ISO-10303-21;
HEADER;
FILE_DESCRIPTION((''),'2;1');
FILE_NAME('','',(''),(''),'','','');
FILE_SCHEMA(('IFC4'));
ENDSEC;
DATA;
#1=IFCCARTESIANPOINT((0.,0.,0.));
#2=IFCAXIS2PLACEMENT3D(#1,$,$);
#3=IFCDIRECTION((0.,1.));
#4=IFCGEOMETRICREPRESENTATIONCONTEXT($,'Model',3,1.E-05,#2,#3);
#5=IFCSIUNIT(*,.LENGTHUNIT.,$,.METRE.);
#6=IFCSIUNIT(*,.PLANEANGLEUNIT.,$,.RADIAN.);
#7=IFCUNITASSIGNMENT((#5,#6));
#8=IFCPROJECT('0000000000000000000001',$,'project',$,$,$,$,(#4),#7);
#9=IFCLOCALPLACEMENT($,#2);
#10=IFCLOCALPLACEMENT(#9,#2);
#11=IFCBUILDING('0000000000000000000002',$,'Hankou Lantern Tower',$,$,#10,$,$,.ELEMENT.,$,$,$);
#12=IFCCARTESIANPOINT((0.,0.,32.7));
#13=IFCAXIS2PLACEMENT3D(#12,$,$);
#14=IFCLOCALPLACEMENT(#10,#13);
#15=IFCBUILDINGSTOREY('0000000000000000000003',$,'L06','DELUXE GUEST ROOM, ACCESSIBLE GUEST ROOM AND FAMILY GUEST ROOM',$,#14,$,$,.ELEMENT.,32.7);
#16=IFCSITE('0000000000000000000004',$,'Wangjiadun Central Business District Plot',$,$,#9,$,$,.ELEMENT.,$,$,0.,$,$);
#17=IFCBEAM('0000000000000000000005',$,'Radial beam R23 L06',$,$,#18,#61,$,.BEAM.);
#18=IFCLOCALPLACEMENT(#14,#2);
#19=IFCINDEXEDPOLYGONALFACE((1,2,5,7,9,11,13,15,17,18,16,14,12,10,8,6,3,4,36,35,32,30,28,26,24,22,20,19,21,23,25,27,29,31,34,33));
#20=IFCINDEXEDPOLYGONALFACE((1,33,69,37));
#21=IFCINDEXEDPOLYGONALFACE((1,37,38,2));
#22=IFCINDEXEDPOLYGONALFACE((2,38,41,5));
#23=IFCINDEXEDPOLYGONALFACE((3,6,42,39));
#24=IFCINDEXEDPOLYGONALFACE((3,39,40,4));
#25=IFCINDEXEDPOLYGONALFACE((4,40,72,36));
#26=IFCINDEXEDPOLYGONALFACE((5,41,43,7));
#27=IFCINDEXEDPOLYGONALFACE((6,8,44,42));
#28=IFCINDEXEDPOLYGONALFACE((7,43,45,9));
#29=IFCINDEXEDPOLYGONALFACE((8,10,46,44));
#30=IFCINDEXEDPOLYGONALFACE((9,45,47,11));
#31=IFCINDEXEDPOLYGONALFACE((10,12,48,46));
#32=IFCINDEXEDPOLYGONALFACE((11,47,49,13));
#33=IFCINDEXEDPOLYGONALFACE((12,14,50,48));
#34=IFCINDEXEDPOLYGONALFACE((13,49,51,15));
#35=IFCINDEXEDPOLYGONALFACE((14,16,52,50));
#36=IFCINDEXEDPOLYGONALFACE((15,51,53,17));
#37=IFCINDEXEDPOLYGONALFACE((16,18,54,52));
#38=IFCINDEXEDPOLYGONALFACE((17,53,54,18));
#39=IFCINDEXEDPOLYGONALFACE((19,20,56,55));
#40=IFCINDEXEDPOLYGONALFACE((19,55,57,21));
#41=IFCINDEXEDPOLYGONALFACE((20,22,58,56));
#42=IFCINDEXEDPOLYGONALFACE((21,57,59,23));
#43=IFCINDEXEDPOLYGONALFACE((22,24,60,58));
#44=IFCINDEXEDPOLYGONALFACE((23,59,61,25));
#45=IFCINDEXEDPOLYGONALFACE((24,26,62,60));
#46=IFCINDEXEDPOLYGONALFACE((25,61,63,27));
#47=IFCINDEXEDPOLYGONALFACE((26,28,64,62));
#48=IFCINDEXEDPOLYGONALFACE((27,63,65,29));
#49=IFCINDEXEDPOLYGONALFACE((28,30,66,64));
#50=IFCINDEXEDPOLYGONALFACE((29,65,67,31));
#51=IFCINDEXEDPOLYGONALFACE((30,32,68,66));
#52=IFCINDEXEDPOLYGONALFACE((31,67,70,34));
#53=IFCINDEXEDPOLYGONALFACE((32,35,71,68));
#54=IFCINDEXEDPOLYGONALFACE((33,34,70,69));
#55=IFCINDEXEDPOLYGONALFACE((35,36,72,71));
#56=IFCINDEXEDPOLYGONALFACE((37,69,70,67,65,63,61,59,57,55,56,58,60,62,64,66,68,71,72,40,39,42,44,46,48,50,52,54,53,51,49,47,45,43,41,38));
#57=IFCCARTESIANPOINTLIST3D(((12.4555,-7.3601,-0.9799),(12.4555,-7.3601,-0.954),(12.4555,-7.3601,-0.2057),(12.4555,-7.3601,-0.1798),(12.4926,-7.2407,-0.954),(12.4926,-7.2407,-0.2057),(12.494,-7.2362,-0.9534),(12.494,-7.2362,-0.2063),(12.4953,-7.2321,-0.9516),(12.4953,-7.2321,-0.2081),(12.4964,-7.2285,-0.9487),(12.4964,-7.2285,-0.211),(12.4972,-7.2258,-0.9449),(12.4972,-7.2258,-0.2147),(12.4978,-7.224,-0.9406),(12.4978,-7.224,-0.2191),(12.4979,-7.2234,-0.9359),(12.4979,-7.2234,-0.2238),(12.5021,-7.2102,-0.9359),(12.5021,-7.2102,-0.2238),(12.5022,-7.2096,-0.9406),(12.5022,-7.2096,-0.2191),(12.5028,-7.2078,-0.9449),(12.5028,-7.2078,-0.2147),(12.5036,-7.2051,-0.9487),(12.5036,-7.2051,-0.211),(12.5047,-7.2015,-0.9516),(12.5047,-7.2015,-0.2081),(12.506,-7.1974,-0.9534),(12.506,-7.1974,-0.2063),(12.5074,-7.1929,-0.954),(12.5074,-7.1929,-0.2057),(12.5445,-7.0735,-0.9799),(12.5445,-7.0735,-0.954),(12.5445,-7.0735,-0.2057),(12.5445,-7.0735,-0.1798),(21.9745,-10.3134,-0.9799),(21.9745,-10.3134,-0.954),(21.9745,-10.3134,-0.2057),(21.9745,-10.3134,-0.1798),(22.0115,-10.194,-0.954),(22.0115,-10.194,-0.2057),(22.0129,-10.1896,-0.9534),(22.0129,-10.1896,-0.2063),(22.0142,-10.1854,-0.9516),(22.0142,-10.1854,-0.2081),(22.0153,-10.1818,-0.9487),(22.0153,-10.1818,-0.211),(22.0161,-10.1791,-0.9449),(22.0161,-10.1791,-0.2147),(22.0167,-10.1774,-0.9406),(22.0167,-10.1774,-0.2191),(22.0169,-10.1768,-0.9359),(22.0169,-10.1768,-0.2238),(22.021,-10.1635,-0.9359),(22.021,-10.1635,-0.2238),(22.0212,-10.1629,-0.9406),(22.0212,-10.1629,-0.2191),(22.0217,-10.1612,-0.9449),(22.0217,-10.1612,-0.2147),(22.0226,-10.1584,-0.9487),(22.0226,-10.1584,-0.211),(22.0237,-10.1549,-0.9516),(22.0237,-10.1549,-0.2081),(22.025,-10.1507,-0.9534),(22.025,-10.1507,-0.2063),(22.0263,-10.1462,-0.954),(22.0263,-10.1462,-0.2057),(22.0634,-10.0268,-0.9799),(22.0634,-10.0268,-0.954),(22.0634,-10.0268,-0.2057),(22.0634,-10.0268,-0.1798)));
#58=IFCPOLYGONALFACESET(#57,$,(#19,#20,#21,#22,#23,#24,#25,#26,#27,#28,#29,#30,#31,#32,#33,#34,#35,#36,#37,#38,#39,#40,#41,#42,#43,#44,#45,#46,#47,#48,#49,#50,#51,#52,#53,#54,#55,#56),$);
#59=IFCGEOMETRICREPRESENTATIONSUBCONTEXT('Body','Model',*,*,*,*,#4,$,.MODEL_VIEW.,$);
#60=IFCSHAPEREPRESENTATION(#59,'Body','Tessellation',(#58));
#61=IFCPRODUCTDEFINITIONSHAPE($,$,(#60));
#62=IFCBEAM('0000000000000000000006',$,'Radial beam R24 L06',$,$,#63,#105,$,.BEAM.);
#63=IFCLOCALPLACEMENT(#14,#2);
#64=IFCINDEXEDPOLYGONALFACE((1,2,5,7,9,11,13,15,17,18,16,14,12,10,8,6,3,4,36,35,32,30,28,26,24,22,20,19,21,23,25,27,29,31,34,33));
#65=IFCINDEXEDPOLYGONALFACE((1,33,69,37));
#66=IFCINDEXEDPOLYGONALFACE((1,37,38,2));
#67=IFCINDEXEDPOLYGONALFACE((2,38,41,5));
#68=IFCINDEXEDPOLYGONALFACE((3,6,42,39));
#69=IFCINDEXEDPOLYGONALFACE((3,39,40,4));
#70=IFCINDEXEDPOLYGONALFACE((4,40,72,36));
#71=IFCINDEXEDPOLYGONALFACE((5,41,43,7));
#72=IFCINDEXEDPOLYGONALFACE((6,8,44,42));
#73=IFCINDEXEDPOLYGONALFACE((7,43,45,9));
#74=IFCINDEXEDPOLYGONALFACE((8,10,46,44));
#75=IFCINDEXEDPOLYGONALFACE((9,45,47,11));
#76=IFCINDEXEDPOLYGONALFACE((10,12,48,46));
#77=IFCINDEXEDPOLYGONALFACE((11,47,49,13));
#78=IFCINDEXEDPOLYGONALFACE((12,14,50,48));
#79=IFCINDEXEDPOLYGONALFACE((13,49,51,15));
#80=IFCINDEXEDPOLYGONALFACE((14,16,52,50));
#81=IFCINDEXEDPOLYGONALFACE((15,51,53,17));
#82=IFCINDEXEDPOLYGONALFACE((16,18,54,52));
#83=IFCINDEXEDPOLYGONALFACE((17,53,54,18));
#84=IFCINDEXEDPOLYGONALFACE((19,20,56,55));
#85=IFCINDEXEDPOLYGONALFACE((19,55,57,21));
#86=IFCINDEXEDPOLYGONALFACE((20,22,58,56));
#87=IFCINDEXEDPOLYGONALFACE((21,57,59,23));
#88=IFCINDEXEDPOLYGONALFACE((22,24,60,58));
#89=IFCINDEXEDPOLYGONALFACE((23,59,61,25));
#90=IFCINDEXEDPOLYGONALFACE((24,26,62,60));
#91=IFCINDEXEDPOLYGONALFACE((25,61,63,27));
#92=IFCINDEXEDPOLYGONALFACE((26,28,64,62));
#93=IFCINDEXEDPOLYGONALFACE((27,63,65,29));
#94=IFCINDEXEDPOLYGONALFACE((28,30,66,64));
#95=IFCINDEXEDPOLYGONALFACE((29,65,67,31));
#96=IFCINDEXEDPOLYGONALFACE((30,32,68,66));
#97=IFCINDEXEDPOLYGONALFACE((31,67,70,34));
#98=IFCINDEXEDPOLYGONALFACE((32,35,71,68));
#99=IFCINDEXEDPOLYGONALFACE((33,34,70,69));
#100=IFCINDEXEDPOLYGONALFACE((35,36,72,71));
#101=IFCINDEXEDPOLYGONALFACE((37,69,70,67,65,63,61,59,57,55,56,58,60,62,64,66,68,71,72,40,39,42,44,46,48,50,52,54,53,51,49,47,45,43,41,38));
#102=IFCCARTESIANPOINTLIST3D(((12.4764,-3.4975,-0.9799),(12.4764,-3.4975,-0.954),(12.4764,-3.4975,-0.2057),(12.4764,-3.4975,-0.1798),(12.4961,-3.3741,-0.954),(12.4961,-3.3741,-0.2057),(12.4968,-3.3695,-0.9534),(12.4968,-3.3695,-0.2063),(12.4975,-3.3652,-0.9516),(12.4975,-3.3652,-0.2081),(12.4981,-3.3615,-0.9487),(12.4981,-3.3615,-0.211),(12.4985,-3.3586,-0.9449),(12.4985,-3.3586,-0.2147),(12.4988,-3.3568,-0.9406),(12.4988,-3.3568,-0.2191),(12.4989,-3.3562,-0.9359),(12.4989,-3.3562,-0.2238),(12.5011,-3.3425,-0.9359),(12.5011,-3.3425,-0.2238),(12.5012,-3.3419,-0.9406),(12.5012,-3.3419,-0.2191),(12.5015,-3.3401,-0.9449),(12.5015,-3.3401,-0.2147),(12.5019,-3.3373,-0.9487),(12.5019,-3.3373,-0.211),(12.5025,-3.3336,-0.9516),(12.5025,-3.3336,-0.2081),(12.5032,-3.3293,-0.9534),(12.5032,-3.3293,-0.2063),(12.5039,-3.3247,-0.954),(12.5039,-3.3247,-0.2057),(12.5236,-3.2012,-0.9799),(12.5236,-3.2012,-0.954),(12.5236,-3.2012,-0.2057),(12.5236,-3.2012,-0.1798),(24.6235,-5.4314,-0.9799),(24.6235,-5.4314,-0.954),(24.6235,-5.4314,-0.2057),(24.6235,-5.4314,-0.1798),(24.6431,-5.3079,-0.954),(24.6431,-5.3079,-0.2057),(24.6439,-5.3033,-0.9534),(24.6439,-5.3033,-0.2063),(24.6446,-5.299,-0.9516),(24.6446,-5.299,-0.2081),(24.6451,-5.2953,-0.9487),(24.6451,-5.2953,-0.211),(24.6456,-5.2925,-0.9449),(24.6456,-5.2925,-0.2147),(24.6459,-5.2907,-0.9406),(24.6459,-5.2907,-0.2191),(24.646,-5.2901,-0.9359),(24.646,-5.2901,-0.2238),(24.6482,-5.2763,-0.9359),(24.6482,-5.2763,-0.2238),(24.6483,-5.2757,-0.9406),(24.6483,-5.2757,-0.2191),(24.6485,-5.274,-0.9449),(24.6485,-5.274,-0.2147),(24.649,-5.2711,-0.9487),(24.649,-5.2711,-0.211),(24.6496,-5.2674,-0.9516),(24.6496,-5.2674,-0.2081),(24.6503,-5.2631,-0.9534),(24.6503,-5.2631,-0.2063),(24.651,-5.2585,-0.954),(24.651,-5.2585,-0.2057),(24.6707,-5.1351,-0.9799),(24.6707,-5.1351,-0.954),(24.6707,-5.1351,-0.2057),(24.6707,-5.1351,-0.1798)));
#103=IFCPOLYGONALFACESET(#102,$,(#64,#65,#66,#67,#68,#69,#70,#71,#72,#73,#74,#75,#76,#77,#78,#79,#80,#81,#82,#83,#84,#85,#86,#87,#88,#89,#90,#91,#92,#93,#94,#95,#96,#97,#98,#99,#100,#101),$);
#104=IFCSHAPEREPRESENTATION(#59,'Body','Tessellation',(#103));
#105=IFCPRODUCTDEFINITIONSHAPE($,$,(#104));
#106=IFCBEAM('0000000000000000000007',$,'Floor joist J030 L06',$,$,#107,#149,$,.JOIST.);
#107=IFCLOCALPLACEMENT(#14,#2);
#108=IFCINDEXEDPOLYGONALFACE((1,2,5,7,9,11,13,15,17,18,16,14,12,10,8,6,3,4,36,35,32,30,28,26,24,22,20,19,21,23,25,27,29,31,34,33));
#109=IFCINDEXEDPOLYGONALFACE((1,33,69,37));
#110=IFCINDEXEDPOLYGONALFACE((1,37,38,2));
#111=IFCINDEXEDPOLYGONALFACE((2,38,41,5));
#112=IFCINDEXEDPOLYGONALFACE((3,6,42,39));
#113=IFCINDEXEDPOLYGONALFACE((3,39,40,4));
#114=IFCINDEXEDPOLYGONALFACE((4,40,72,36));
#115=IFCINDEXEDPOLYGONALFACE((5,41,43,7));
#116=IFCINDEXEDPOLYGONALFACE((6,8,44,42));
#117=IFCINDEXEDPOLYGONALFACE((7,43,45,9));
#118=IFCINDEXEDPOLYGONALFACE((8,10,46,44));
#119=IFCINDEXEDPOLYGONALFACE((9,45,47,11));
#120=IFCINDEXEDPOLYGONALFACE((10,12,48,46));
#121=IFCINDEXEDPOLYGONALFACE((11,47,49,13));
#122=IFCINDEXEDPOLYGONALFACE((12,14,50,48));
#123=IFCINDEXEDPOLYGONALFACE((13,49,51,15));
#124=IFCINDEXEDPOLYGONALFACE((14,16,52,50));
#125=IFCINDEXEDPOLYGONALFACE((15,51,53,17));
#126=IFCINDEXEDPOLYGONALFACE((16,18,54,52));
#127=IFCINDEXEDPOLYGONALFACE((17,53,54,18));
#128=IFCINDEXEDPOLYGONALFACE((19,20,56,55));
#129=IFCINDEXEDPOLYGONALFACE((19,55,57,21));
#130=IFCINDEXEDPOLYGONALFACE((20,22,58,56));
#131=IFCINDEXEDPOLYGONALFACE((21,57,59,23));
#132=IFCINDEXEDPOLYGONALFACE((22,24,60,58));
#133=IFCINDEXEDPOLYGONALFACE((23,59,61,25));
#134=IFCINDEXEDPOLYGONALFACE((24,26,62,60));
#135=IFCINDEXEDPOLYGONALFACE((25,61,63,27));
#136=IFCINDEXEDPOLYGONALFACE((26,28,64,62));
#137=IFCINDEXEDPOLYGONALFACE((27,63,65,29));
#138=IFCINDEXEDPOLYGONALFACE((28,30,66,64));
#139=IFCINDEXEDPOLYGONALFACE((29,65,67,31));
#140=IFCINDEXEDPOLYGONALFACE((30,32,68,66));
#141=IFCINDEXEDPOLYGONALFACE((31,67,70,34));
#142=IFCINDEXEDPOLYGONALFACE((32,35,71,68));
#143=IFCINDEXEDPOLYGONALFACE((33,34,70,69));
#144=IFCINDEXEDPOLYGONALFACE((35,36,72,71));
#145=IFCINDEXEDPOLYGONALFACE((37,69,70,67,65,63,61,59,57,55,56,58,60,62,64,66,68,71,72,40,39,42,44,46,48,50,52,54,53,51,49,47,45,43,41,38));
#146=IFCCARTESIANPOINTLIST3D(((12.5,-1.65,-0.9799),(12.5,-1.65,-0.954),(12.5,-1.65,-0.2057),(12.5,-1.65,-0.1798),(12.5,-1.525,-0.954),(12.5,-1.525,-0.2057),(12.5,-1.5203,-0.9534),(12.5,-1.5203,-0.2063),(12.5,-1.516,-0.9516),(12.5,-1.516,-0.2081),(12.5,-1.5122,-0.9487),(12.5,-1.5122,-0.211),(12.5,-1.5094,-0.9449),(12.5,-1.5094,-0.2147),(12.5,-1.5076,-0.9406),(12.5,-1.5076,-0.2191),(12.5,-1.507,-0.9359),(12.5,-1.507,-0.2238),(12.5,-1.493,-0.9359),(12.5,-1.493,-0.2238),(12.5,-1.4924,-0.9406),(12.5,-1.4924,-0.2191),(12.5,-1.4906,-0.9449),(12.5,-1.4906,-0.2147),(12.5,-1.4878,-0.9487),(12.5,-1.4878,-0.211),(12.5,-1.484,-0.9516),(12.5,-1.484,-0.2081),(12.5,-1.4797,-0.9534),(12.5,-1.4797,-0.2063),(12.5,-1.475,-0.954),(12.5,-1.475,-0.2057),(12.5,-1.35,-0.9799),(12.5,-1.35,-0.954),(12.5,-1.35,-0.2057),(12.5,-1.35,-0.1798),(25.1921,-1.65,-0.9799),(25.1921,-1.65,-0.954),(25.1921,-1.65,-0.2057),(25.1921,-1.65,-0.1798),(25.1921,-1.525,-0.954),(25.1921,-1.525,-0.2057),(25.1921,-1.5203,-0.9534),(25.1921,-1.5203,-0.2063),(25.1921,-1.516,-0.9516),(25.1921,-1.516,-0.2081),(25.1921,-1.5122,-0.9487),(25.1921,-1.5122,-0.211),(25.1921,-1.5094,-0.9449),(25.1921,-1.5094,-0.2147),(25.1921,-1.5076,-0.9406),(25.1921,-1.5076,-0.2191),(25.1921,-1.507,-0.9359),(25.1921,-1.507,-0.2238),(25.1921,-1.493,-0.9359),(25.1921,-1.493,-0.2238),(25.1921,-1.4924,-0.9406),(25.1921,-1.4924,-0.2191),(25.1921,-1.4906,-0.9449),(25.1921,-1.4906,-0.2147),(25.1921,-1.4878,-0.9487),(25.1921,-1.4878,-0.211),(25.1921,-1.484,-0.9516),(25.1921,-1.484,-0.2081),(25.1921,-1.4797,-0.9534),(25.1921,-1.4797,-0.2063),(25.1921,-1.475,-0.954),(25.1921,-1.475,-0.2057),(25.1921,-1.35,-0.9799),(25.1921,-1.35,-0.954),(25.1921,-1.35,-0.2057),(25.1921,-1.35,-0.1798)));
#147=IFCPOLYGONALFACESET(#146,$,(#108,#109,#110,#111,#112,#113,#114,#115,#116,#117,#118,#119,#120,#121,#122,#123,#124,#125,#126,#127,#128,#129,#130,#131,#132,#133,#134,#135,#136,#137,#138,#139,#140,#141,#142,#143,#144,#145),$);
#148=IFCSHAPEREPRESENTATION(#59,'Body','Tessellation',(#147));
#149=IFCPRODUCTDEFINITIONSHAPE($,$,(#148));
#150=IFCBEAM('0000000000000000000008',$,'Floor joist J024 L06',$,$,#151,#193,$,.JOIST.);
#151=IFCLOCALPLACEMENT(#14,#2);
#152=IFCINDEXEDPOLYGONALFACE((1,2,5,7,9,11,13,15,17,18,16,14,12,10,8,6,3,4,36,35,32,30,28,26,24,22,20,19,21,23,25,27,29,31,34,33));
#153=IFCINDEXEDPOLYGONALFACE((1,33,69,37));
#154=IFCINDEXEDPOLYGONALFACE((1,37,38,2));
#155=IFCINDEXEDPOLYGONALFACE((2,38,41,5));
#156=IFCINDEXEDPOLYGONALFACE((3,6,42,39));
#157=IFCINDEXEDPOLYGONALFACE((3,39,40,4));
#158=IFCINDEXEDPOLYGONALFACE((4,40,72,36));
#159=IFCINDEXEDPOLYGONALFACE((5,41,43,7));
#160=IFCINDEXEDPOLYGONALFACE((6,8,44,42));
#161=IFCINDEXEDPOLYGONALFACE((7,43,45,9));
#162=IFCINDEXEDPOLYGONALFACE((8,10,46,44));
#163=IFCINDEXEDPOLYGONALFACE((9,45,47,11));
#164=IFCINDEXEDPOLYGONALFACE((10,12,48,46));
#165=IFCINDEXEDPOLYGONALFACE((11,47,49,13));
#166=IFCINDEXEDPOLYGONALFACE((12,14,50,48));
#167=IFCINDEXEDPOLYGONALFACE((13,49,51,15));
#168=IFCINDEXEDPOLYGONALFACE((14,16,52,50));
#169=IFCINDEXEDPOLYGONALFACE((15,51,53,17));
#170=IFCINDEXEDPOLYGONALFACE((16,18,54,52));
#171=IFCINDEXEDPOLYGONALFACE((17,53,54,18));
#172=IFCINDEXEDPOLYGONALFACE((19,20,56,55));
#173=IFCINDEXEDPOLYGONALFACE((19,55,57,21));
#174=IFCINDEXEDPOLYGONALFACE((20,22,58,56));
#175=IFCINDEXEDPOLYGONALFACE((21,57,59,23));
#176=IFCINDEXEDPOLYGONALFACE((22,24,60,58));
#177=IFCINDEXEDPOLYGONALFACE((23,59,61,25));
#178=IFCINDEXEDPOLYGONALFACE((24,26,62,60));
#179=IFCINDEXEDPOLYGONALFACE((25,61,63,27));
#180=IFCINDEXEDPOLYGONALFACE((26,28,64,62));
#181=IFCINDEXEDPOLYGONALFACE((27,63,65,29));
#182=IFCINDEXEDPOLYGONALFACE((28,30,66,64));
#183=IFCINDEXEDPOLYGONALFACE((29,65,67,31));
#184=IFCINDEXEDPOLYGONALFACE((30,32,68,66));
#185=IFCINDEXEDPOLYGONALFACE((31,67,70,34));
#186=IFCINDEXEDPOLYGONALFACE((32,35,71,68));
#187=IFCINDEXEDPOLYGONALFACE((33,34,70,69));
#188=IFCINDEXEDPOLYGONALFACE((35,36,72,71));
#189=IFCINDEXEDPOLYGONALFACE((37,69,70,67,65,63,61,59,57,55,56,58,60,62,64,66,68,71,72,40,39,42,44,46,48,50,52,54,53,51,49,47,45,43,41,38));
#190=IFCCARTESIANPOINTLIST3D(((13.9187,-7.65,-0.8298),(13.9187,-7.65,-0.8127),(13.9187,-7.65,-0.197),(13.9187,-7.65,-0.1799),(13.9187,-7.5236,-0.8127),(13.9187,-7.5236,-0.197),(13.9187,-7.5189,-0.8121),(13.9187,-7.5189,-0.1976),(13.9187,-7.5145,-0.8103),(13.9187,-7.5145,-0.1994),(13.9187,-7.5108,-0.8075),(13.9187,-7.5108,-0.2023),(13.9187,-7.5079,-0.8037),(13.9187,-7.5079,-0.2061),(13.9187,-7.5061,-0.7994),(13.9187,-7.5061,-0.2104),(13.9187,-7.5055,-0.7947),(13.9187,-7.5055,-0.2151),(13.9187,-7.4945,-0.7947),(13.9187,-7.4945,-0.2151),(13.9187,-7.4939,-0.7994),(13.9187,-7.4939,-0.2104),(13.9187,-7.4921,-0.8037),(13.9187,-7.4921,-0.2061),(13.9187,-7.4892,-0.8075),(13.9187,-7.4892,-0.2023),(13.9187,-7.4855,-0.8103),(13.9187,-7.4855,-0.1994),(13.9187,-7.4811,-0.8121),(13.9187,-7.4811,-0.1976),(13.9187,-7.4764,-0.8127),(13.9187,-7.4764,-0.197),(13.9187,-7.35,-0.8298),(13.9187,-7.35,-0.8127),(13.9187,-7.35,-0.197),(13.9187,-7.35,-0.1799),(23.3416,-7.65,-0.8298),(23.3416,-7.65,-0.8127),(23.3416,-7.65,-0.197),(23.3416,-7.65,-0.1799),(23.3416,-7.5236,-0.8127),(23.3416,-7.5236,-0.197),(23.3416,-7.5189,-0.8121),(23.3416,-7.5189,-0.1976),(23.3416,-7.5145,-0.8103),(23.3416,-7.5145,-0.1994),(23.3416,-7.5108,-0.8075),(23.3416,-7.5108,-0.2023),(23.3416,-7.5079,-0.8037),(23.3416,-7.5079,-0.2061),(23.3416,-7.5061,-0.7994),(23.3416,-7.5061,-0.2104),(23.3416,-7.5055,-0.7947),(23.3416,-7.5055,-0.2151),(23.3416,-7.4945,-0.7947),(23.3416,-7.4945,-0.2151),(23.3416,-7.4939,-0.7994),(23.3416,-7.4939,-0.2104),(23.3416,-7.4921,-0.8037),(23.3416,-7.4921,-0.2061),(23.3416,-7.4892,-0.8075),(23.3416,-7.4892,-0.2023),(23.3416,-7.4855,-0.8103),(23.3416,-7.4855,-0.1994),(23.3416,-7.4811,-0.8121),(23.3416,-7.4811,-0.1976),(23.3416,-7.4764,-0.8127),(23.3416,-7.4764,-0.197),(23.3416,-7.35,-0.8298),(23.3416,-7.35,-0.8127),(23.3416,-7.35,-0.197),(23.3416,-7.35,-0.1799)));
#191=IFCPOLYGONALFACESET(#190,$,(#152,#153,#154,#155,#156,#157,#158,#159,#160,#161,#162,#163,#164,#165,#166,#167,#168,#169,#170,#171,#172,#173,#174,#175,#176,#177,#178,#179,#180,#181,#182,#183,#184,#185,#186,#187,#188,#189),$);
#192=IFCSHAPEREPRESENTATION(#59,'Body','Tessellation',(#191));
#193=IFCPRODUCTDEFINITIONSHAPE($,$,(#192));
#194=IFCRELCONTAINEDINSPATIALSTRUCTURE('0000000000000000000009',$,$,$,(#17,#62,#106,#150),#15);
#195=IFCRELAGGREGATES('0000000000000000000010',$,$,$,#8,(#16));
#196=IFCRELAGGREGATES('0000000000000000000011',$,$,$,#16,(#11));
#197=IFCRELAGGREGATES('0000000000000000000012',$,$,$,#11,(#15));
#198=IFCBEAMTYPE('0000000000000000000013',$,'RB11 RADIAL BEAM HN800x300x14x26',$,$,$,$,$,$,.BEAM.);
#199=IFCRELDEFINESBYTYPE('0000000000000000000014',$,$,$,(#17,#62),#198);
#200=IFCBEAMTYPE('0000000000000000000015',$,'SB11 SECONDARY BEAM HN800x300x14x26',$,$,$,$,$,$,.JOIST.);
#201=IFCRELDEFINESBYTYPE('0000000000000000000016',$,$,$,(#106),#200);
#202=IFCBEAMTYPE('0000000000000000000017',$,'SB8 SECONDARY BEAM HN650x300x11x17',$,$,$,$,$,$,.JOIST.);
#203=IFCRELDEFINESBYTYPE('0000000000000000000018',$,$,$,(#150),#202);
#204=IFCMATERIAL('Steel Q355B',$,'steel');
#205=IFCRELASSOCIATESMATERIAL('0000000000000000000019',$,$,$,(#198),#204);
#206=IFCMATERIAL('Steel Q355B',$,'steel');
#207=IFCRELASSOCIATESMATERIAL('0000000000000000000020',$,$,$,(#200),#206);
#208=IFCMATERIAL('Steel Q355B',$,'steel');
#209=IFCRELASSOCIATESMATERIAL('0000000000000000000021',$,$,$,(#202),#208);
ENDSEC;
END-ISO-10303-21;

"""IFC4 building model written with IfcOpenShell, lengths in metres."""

from ifc_helpers import new_model, si_unit, direction, frame, origin, origin_2d, place, context, subcontext, project, spatial, i_section, extrude, material, material_profile, profile_set, type_object, element, save


model = new_model("IFC4")

# Units and contexts
model_context = context("Model", 3, precision=1e-05, world=origin(), true_north=direction((0.0, 1.0)))
body_context = subcontext(model_context, "Body", "Model", "MODEL_VIEW")
ifc_project = project(units=[si_unit("LENGTHUNIT", "METRE"), si_unit("PLANEANGLEUNIT", "RADIAN")], contexts=[model_context])

# Site, building, storey
site_placement = place(None, origin())
site = spatial("IfcSite", under=ifc_project, at=site_placement, Name="Wangjiadun Central Business District Plot", CompositionType="ELEMENT", RefElevation=0.0)
building_placement = place(site_placement, origin())
building = spatial("IfcBuilding", under=site, at=building_placement, Name="Hankou Lantern Tower", CompositionType="ELEMENT")
storey_placement = place(building_placement, frame((0.0, 0.0, 32.7)))
storey = spatial("IfcBuildingStorey", under=building, at=storey_placement, Name="L06", Description="DELUXE GUEST ROOM, ACCESSIBLE GUEST ROOM AND FAMILY GUEST ROOM", CompositionType="ELEMENT", Elevation=32.7)

# Beams
ifc_material_1 = material(Name="Steel Q355B", Category="steel")
ifc_material_profile_1 = material_profile(ifc_material_1, i_section(OverallWidth=0.3, OverallDepth=0.8, WebThickness=0.0139, FlangeThickness=0.0259, FilletRadius=0.0181, at=origin_2d()), Name="HN800x300x14x26")
ifc_profile_set_1 = profile_set([ifc_material_profile_1], Name="Steel Q355B")
beam_type_1 = type_object("IfcBeamType", Name="RB11 RADIAL BEAM HN800x300x14x26", PredefinedType="BEAM", material=ifc_profile_set_1)
beam_1_placement = place(storey_placement, frame((12.5, -7.2168, -0.5798), z_axis=(0.955087, -0.296324, 0.0), x_axis=(0.296324, 0.955087, 0.0)))
element("IfcBeam", 1, at=beam_1_placement, inside=storey, type_object=beam_type_1, Name="Radial beam R23 L06", PredefinedType="BEAM", context=body_context, shape_type="SweptSolid", body=[
    extrude(i_section(OverallWidth=0.3, OverallDepth=0.8, WebThickness=0.0139, FlangeThickness=0.0259, FilletRadius=0.0181, at=origin_2d()), origin(), (0.0, 0.0, 1.0), 9.9666),
])
beam_2_placement = place(storey_placement, frame((12.5, -3.3494, -0.5798), z_axis=(0.987563, -0.157223, 0.0), x_axis=(0.157223, 0.987563, 0.0)))
element("IfcBeam", 2, at=beam_2_placement, inside=storey, type_object=beam_type_1, Name="Radial beam R24 L06", PredefinedType="BEAM", context=body_context, shape_type="SweptSolid", body=[
    extrude(i_section(OverallWidth=0.3, OverallDepth=0.8, WebThickness=0.0139, FlangeThickness=0.0259, FilletRadius=0.0181, at=origin_2d()), origin(), (0.0, 0.0, 1.0), 12.3),
])
ifc_material_2 = material(Name="Steel Q355B", Category="steel")
ifc_material_profile_2 = material_profile(ifc_material_2, i_section(OverallWidth=0.3, OverallDepth=0.8, WebThickness=0.0139, FlangeThickness=0.0259, FilletRadius=0.0181, at=origin_2d()), Name="HN800x300x14x26")
ifc_profile_set_2 = profile_set([ifc_material_profile_2], Name="Steel Q355B")
beam_type_2 = type_object("IfcBeamType", Name="SB11 SECONDARY BEAM HN800x300x14x26", PredefinedType="JOIST", material=ifc_profile_set_2)
beam_3_placement = place(storey_placement, frame((12.5, -1.5, -0.5798), z_axis=(1.0, 0.0, 0.0), x_axis=(0.0, 1.0, 0.0)))
element("IfcBeam", 3, at=beam_3_placement, inside=storey, type_object=beam_type_2, Name="Floor joist J030 L06", PredefinedType="JOIST", context=body_context, shape_type="SweptSolid", body=[
    extrude(i_section(OverallWidth=0.3, OverallDepth=0.8, WebThickness=0.0139, FlangeThickness=0.0259, FilletRadius=0.0181, at=origin_2d()), origin(), (0.0, 0.0, 1.0), 12.6921),
])
ifc_material_3 = material(Name="Steel Q355B", Category="steel")
ifc_material_profile_3 = material_profile(ifc_material_3, i_section(OverallWidth=0.3, OverallDepth=0.6499, WebThickness=0.011, FlangeThickness=0.0171, FilletRadius=0.0181, at=origin_2d()), Name="HN650x300x11x17")
ifc_profile_set_3 = profile_set([ifc_material_profile_3], Name="Steel Q355B")
beam_type_3 = type_object("IfcBeamType", Name="SB8 SECONDARY BEAM HN650x300x11x17", PredefinedType="JOIST", material=ifc_profile_set_3)
beam_4_placement = place(storey_placement, frame((13.9187, -7.5, -0.5049), z_axis=(1.0, 0.0, 0.0), x_axis=(0.0, 1.0, 0.0)))
element("IfcBeam", 4, at=beam_4_placement, inside=storey, type_object=beam_type_3, Name="Floor joist J024 L06", PredefinedType="JOIST", context=body_context, shape_type="SweptSolid", body=[
    extrude(i_section(OverallWidth=0.3, OverallDepth=0.6499, WebThickness=0.011, FlangeThickness=0.0171, FilletRadius=0.0181, at=origin_2d()), origin(), (0.0, 0.0, 1.0), 9.4229),
])

save(model, "model.ifc")
